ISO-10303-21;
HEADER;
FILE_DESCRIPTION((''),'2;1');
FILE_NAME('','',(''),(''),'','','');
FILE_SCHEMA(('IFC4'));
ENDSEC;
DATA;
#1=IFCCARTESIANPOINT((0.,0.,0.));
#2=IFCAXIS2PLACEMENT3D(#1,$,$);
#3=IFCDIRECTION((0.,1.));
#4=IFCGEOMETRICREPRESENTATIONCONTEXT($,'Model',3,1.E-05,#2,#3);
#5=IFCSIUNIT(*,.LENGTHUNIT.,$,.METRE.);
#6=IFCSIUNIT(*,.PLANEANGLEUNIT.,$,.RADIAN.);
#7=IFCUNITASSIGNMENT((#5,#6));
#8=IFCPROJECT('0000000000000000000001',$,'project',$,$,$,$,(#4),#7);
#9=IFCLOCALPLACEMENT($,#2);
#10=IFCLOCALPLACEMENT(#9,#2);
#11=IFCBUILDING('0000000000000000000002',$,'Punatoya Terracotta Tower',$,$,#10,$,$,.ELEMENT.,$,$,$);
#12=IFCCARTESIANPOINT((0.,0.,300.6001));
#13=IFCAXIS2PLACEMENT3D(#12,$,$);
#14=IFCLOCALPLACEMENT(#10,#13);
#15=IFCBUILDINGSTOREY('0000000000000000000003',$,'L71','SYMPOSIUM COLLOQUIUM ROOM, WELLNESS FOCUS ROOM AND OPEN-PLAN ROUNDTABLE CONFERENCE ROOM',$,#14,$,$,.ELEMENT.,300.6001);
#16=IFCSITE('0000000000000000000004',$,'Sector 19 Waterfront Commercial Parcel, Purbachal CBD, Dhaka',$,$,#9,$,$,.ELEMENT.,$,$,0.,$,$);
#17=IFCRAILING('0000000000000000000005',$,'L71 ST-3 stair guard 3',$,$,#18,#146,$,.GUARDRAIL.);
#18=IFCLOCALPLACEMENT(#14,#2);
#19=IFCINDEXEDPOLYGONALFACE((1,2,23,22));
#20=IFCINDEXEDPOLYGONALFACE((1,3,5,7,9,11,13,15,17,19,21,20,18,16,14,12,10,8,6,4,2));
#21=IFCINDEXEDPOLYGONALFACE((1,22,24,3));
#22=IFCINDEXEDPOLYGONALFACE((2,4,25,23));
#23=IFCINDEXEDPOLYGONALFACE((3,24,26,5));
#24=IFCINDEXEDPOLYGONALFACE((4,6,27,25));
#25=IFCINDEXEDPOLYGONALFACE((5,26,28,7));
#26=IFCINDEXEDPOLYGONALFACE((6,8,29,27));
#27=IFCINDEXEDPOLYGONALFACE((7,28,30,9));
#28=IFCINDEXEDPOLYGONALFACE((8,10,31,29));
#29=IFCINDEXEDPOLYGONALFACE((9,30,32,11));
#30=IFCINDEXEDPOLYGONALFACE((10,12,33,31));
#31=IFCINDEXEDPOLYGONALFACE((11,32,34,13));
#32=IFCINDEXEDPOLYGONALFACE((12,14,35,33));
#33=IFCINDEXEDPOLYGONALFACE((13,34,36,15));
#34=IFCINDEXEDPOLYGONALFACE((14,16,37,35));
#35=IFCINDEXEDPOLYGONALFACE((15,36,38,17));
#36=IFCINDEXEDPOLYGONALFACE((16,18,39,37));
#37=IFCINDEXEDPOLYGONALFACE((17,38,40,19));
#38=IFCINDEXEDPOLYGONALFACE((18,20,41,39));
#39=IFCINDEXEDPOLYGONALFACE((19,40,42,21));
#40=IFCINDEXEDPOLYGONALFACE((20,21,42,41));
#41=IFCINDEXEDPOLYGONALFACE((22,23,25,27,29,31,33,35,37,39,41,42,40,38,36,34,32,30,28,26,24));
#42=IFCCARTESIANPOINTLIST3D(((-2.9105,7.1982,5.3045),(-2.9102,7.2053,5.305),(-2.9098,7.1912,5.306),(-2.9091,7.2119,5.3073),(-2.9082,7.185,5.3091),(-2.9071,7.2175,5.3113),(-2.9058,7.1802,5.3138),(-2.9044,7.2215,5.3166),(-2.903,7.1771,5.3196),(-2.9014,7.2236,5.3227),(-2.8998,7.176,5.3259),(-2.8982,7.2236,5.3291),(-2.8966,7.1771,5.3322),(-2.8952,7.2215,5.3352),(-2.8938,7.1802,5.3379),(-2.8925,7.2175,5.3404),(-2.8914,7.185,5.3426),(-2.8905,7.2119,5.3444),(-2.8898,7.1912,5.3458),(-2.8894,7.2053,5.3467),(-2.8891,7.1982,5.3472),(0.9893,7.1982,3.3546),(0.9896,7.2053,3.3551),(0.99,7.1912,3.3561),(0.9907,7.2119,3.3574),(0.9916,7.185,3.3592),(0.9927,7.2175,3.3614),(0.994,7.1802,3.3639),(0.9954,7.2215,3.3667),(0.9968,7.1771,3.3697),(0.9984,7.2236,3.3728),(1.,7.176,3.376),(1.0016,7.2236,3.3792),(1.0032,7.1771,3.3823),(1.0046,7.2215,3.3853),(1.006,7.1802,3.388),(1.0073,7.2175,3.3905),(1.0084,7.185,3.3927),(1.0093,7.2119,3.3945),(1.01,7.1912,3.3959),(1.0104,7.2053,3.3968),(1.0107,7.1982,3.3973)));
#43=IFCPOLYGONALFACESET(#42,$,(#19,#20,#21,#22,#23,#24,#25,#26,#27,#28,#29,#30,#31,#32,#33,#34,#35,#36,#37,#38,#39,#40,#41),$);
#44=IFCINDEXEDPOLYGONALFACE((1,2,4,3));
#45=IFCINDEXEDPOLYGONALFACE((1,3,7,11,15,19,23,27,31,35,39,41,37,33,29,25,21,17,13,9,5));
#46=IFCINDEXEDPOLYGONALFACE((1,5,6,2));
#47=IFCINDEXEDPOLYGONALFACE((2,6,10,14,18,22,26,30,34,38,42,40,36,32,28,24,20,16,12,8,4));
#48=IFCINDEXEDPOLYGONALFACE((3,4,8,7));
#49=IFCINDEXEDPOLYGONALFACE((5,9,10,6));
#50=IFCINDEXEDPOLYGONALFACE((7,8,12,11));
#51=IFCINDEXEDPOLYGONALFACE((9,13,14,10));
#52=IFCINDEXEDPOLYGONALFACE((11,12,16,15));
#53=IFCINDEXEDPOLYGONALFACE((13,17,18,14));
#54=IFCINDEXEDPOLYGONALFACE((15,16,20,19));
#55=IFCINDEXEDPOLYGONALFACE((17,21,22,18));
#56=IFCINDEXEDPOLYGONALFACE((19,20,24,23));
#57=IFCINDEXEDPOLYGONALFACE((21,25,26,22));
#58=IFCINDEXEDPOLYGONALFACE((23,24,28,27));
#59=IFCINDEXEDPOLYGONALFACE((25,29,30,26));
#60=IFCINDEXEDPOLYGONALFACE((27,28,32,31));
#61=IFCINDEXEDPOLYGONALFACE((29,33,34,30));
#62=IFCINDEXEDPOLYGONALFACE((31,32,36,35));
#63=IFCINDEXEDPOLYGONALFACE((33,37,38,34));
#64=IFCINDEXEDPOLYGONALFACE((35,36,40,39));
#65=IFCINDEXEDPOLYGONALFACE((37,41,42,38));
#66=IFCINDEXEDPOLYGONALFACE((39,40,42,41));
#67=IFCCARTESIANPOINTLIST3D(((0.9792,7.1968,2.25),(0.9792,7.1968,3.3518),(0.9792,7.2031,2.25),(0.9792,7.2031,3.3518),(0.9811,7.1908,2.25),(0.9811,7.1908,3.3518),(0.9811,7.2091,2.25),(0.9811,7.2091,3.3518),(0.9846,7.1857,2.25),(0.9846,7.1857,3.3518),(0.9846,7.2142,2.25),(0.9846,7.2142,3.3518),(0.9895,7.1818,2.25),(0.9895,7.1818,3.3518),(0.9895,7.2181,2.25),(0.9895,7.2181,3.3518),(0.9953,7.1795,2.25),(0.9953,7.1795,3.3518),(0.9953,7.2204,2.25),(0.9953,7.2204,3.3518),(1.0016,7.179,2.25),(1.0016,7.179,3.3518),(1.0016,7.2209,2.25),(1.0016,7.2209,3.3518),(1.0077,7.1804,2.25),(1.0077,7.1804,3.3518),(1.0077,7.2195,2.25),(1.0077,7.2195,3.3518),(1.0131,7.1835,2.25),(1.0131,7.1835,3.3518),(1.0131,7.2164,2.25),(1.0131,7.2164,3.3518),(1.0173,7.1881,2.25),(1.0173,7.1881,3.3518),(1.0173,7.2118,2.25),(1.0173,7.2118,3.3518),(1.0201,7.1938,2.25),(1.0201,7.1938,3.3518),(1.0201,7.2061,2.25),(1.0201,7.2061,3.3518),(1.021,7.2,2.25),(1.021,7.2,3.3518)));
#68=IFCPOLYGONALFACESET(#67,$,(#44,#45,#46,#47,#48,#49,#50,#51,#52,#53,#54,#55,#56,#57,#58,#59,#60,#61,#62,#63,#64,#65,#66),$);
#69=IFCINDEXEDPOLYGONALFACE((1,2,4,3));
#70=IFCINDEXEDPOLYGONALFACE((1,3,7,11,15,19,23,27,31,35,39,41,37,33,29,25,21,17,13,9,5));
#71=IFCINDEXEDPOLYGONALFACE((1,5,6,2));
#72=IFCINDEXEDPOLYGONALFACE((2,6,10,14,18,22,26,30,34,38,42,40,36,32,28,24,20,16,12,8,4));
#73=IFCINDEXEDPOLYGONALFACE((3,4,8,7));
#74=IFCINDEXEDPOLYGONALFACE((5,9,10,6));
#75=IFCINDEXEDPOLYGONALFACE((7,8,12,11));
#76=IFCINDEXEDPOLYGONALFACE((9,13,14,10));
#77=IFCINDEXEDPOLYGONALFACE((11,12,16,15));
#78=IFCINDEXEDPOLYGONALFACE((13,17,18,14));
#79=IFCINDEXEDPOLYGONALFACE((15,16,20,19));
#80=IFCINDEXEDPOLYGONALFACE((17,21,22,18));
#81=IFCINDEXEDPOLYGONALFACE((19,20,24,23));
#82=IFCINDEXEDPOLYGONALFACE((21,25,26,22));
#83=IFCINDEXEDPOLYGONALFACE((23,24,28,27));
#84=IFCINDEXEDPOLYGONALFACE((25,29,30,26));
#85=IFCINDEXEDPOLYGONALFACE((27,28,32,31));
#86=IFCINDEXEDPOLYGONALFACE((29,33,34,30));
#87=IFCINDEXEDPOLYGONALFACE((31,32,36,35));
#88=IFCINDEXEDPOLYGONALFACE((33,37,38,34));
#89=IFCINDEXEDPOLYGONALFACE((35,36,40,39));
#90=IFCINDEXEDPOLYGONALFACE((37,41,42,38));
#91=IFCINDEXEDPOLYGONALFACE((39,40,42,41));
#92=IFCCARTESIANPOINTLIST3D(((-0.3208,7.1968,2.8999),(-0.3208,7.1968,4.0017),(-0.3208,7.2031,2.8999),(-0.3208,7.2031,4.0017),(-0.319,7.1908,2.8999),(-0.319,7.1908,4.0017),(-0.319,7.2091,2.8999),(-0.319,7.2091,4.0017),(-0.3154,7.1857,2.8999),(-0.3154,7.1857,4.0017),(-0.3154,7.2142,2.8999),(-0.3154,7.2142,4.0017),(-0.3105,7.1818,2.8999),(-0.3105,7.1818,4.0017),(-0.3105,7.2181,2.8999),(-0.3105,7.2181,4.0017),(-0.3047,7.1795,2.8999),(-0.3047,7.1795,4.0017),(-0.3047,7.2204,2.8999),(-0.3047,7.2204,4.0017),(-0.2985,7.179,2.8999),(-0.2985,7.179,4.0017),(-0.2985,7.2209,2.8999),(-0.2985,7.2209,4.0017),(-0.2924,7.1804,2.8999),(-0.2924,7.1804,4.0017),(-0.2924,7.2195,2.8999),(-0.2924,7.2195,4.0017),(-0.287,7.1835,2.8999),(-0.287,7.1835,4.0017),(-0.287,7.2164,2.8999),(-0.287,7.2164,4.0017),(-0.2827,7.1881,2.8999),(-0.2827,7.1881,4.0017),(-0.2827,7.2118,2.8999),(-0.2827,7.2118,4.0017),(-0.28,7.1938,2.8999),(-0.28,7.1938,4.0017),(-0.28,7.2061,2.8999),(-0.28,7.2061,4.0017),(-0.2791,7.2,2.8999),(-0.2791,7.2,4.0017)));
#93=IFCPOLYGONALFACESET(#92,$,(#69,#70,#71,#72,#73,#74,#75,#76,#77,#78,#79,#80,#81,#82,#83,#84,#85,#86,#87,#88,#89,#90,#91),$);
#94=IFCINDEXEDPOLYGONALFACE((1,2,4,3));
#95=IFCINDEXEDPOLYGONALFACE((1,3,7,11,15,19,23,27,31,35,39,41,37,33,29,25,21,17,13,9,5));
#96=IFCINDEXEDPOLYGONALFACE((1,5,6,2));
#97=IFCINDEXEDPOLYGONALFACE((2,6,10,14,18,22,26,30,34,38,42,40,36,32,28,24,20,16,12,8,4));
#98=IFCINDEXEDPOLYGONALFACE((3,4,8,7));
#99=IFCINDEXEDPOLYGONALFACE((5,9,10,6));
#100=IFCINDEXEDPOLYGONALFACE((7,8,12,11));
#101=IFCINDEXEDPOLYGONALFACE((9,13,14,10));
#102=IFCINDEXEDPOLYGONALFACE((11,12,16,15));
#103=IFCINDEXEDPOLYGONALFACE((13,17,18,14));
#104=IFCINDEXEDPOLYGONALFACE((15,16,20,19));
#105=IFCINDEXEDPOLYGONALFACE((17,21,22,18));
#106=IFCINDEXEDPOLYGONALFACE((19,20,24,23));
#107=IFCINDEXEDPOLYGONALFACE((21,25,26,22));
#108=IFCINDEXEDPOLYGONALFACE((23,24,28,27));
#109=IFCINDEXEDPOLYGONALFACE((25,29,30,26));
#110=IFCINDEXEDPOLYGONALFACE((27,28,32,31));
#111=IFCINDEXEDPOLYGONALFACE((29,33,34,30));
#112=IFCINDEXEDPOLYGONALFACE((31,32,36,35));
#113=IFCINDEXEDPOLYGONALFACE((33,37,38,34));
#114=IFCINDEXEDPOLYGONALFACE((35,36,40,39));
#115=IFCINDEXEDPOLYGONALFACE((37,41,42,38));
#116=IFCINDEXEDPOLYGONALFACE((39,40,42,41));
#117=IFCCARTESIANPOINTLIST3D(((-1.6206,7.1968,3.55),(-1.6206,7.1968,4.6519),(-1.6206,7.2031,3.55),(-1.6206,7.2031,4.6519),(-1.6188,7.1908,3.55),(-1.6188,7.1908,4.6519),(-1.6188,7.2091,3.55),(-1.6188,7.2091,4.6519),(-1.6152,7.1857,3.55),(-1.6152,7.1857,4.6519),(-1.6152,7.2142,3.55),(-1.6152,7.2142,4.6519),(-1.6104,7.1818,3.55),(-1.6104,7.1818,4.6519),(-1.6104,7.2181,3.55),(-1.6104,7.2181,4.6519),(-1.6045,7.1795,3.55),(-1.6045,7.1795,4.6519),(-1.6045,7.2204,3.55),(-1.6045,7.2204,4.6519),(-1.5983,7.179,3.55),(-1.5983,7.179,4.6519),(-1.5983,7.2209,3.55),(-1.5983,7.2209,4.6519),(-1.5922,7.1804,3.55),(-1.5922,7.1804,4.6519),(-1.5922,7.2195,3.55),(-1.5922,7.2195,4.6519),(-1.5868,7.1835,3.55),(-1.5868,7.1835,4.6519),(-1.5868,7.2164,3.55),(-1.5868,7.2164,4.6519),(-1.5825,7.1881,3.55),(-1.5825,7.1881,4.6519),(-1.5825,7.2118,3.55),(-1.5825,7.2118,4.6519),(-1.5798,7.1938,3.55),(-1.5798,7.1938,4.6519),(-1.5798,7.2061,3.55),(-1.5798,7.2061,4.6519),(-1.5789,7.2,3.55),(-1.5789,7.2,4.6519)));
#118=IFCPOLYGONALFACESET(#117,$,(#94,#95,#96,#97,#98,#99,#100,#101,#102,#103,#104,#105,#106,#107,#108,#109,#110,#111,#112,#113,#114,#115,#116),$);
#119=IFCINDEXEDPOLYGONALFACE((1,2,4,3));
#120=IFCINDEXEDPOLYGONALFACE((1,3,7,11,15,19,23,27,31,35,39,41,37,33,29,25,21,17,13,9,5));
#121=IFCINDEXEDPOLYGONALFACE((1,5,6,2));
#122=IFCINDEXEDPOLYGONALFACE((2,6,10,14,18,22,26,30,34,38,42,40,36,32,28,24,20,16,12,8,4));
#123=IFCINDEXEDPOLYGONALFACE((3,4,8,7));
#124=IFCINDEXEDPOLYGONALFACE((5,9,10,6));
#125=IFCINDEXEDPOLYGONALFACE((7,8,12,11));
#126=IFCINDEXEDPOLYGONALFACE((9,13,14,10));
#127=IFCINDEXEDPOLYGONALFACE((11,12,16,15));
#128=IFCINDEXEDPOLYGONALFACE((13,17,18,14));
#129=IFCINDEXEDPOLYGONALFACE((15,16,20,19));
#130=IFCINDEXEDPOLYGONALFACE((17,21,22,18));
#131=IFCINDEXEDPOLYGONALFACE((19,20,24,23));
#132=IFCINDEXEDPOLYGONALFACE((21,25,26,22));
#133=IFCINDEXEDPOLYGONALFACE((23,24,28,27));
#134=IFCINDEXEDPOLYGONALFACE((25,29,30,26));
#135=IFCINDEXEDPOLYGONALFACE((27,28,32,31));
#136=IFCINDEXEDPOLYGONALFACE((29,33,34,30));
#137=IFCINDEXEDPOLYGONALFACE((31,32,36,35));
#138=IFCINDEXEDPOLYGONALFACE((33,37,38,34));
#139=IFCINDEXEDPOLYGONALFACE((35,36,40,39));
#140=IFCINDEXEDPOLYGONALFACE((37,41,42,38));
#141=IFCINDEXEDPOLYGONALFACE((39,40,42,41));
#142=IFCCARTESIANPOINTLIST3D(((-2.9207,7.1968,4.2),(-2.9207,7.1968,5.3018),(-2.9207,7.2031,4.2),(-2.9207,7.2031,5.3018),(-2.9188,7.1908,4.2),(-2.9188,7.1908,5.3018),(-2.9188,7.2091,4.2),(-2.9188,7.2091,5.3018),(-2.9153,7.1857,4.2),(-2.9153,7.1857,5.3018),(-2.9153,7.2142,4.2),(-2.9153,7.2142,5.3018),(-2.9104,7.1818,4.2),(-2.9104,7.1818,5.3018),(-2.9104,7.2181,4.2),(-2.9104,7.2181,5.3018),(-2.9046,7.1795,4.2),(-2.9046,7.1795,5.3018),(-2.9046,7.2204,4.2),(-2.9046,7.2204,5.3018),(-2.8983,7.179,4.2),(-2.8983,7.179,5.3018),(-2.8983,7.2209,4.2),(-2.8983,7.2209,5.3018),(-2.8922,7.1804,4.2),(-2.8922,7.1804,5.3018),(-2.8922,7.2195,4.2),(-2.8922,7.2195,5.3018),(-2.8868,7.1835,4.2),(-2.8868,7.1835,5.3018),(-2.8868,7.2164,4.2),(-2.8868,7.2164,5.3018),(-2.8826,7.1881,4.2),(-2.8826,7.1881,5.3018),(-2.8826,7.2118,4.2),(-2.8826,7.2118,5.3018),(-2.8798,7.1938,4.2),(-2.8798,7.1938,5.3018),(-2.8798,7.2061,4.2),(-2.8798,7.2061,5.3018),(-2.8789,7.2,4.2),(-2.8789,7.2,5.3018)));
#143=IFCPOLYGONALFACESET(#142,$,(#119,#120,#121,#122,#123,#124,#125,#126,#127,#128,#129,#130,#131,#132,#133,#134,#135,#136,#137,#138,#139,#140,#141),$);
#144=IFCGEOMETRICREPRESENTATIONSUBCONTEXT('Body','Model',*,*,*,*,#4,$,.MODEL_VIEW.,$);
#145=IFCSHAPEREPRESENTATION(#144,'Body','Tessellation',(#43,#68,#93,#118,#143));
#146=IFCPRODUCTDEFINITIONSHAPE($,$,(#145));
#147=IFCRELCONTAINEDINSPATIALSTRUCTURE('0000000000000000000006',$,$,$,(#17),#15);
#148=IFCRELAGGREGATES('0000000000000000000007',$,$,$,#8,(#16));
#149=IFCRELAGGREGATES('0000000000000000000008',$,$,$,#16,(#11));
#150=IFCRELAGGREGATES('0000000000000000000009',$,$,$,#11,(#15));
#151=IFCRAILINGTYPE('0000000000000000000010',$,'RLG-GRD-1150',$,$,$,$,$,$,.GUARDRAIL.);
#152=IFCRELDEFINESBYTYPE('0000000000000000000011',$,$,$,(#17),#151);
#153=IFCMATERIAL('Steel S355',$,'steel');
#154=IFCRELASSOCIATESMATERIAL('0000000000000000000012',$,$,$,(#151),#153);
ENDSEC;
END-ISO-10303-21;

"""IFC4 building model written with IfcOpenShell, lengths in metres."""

from ifc_helpers import new_model, si_unit, direction, frame, origin, origin_2d, place, context, subcontext, project, spatial, circle, extrude, material, type_object, element, save


model = new_model("IFC4")

# Units and contexts
model_context = context("Model", 3, precision=1e-05, world=origin(), true_north=direction((0.0, 1.0)))
body_context = subcontext(model_context, "Body", "Model", "MODEL_VIEW")
ifc_project = project(units=[si_unit("LENGTHUNIT", "METRE"), si_unit("PLANEANGLEUNIT", "RADIAN")], contexts=[model_context])

# Site, building, storey
site_placement = place(None, origin())
site = spatial("IfcSite", under=ifc_project, at=site_placement, Name="Sector 19 Waterfront Commercial Parcel, Purbachal CBD, Dhaka", CompositionType="ELEMENT", RefElevation=0.0)
building_placement = place(site_placement, origin())
building = spatial("IfcBuilding", under=site, at=building_placement, Name="Punatoya Terracotta Tower", CompositionType="ELEMENT")
storey_placement = place(building_placement, frame((0.0, 0.0, 300.6001)))
storey = spatial("IfcBuildingStorey", under=building, at=storey_placement, Name="L71", Description="SYMPOSIUM COLLOQUIUM ROOM, WELLNESS FOCUS ROOM AND OPEN-PLAN ROUNDTABLE CONFERENCE ROOM", CompositionType="ELEMENT", Elevation=300.6001)

# Shared definitions
ifc_material_1 = material(Name="Steel S355", Category="steel")

# Railing
railing_type_1 = type_object("IfcRailingType", Name="RLG-GRD-1150", PredefinedType="GUARDRAIL", material=ifc_material_1)
railing_1_placement = place(storey_placement, frame((1.0, 7.2, 2.25)))
element("IfcRailing", 1, at=railing_1_placement, inside=storey, type_object=railing_type_1, Name="L71 ST-3 stair guard 3", PredefinedType="GUARDRAIL", context=body_context, shape_type="SweptSolid", body=[
    extrude(circle(Radius=0.0239, at=origin_2d()), frame((0.0, 0.0, 1.126), z_axis=(-0.894427, 0.0, 0.447214), x_axis=(0.0, -1.0, 0.0)), (0.0, 0.0, 1.0), 4.3601),
    extrude(circle(Radius=0.021, at=origin_2d()), origin(), (0.0, 0.0, 1.0), 1.1018),
    extrude(circle(Radius=0.021, at=origin_2d()), frame((-1.3, 0.0, 0.6499)), (0.0, 0.0, 1.0), 1.1018),
    extrude(circle(Radius=0.021, at=origin_2d()), frame((-2.5999, 0.0, 1.3)), (0.0, 0.0, 1.0), 1.1018),
    extrude(circle(Radius=0.021, at=origin_2d()), frame((-3.8999, 0.0, 1.95)), (0.0, 0.0, 1.0), 1.1018),
])

save(model, "model.ifc")
